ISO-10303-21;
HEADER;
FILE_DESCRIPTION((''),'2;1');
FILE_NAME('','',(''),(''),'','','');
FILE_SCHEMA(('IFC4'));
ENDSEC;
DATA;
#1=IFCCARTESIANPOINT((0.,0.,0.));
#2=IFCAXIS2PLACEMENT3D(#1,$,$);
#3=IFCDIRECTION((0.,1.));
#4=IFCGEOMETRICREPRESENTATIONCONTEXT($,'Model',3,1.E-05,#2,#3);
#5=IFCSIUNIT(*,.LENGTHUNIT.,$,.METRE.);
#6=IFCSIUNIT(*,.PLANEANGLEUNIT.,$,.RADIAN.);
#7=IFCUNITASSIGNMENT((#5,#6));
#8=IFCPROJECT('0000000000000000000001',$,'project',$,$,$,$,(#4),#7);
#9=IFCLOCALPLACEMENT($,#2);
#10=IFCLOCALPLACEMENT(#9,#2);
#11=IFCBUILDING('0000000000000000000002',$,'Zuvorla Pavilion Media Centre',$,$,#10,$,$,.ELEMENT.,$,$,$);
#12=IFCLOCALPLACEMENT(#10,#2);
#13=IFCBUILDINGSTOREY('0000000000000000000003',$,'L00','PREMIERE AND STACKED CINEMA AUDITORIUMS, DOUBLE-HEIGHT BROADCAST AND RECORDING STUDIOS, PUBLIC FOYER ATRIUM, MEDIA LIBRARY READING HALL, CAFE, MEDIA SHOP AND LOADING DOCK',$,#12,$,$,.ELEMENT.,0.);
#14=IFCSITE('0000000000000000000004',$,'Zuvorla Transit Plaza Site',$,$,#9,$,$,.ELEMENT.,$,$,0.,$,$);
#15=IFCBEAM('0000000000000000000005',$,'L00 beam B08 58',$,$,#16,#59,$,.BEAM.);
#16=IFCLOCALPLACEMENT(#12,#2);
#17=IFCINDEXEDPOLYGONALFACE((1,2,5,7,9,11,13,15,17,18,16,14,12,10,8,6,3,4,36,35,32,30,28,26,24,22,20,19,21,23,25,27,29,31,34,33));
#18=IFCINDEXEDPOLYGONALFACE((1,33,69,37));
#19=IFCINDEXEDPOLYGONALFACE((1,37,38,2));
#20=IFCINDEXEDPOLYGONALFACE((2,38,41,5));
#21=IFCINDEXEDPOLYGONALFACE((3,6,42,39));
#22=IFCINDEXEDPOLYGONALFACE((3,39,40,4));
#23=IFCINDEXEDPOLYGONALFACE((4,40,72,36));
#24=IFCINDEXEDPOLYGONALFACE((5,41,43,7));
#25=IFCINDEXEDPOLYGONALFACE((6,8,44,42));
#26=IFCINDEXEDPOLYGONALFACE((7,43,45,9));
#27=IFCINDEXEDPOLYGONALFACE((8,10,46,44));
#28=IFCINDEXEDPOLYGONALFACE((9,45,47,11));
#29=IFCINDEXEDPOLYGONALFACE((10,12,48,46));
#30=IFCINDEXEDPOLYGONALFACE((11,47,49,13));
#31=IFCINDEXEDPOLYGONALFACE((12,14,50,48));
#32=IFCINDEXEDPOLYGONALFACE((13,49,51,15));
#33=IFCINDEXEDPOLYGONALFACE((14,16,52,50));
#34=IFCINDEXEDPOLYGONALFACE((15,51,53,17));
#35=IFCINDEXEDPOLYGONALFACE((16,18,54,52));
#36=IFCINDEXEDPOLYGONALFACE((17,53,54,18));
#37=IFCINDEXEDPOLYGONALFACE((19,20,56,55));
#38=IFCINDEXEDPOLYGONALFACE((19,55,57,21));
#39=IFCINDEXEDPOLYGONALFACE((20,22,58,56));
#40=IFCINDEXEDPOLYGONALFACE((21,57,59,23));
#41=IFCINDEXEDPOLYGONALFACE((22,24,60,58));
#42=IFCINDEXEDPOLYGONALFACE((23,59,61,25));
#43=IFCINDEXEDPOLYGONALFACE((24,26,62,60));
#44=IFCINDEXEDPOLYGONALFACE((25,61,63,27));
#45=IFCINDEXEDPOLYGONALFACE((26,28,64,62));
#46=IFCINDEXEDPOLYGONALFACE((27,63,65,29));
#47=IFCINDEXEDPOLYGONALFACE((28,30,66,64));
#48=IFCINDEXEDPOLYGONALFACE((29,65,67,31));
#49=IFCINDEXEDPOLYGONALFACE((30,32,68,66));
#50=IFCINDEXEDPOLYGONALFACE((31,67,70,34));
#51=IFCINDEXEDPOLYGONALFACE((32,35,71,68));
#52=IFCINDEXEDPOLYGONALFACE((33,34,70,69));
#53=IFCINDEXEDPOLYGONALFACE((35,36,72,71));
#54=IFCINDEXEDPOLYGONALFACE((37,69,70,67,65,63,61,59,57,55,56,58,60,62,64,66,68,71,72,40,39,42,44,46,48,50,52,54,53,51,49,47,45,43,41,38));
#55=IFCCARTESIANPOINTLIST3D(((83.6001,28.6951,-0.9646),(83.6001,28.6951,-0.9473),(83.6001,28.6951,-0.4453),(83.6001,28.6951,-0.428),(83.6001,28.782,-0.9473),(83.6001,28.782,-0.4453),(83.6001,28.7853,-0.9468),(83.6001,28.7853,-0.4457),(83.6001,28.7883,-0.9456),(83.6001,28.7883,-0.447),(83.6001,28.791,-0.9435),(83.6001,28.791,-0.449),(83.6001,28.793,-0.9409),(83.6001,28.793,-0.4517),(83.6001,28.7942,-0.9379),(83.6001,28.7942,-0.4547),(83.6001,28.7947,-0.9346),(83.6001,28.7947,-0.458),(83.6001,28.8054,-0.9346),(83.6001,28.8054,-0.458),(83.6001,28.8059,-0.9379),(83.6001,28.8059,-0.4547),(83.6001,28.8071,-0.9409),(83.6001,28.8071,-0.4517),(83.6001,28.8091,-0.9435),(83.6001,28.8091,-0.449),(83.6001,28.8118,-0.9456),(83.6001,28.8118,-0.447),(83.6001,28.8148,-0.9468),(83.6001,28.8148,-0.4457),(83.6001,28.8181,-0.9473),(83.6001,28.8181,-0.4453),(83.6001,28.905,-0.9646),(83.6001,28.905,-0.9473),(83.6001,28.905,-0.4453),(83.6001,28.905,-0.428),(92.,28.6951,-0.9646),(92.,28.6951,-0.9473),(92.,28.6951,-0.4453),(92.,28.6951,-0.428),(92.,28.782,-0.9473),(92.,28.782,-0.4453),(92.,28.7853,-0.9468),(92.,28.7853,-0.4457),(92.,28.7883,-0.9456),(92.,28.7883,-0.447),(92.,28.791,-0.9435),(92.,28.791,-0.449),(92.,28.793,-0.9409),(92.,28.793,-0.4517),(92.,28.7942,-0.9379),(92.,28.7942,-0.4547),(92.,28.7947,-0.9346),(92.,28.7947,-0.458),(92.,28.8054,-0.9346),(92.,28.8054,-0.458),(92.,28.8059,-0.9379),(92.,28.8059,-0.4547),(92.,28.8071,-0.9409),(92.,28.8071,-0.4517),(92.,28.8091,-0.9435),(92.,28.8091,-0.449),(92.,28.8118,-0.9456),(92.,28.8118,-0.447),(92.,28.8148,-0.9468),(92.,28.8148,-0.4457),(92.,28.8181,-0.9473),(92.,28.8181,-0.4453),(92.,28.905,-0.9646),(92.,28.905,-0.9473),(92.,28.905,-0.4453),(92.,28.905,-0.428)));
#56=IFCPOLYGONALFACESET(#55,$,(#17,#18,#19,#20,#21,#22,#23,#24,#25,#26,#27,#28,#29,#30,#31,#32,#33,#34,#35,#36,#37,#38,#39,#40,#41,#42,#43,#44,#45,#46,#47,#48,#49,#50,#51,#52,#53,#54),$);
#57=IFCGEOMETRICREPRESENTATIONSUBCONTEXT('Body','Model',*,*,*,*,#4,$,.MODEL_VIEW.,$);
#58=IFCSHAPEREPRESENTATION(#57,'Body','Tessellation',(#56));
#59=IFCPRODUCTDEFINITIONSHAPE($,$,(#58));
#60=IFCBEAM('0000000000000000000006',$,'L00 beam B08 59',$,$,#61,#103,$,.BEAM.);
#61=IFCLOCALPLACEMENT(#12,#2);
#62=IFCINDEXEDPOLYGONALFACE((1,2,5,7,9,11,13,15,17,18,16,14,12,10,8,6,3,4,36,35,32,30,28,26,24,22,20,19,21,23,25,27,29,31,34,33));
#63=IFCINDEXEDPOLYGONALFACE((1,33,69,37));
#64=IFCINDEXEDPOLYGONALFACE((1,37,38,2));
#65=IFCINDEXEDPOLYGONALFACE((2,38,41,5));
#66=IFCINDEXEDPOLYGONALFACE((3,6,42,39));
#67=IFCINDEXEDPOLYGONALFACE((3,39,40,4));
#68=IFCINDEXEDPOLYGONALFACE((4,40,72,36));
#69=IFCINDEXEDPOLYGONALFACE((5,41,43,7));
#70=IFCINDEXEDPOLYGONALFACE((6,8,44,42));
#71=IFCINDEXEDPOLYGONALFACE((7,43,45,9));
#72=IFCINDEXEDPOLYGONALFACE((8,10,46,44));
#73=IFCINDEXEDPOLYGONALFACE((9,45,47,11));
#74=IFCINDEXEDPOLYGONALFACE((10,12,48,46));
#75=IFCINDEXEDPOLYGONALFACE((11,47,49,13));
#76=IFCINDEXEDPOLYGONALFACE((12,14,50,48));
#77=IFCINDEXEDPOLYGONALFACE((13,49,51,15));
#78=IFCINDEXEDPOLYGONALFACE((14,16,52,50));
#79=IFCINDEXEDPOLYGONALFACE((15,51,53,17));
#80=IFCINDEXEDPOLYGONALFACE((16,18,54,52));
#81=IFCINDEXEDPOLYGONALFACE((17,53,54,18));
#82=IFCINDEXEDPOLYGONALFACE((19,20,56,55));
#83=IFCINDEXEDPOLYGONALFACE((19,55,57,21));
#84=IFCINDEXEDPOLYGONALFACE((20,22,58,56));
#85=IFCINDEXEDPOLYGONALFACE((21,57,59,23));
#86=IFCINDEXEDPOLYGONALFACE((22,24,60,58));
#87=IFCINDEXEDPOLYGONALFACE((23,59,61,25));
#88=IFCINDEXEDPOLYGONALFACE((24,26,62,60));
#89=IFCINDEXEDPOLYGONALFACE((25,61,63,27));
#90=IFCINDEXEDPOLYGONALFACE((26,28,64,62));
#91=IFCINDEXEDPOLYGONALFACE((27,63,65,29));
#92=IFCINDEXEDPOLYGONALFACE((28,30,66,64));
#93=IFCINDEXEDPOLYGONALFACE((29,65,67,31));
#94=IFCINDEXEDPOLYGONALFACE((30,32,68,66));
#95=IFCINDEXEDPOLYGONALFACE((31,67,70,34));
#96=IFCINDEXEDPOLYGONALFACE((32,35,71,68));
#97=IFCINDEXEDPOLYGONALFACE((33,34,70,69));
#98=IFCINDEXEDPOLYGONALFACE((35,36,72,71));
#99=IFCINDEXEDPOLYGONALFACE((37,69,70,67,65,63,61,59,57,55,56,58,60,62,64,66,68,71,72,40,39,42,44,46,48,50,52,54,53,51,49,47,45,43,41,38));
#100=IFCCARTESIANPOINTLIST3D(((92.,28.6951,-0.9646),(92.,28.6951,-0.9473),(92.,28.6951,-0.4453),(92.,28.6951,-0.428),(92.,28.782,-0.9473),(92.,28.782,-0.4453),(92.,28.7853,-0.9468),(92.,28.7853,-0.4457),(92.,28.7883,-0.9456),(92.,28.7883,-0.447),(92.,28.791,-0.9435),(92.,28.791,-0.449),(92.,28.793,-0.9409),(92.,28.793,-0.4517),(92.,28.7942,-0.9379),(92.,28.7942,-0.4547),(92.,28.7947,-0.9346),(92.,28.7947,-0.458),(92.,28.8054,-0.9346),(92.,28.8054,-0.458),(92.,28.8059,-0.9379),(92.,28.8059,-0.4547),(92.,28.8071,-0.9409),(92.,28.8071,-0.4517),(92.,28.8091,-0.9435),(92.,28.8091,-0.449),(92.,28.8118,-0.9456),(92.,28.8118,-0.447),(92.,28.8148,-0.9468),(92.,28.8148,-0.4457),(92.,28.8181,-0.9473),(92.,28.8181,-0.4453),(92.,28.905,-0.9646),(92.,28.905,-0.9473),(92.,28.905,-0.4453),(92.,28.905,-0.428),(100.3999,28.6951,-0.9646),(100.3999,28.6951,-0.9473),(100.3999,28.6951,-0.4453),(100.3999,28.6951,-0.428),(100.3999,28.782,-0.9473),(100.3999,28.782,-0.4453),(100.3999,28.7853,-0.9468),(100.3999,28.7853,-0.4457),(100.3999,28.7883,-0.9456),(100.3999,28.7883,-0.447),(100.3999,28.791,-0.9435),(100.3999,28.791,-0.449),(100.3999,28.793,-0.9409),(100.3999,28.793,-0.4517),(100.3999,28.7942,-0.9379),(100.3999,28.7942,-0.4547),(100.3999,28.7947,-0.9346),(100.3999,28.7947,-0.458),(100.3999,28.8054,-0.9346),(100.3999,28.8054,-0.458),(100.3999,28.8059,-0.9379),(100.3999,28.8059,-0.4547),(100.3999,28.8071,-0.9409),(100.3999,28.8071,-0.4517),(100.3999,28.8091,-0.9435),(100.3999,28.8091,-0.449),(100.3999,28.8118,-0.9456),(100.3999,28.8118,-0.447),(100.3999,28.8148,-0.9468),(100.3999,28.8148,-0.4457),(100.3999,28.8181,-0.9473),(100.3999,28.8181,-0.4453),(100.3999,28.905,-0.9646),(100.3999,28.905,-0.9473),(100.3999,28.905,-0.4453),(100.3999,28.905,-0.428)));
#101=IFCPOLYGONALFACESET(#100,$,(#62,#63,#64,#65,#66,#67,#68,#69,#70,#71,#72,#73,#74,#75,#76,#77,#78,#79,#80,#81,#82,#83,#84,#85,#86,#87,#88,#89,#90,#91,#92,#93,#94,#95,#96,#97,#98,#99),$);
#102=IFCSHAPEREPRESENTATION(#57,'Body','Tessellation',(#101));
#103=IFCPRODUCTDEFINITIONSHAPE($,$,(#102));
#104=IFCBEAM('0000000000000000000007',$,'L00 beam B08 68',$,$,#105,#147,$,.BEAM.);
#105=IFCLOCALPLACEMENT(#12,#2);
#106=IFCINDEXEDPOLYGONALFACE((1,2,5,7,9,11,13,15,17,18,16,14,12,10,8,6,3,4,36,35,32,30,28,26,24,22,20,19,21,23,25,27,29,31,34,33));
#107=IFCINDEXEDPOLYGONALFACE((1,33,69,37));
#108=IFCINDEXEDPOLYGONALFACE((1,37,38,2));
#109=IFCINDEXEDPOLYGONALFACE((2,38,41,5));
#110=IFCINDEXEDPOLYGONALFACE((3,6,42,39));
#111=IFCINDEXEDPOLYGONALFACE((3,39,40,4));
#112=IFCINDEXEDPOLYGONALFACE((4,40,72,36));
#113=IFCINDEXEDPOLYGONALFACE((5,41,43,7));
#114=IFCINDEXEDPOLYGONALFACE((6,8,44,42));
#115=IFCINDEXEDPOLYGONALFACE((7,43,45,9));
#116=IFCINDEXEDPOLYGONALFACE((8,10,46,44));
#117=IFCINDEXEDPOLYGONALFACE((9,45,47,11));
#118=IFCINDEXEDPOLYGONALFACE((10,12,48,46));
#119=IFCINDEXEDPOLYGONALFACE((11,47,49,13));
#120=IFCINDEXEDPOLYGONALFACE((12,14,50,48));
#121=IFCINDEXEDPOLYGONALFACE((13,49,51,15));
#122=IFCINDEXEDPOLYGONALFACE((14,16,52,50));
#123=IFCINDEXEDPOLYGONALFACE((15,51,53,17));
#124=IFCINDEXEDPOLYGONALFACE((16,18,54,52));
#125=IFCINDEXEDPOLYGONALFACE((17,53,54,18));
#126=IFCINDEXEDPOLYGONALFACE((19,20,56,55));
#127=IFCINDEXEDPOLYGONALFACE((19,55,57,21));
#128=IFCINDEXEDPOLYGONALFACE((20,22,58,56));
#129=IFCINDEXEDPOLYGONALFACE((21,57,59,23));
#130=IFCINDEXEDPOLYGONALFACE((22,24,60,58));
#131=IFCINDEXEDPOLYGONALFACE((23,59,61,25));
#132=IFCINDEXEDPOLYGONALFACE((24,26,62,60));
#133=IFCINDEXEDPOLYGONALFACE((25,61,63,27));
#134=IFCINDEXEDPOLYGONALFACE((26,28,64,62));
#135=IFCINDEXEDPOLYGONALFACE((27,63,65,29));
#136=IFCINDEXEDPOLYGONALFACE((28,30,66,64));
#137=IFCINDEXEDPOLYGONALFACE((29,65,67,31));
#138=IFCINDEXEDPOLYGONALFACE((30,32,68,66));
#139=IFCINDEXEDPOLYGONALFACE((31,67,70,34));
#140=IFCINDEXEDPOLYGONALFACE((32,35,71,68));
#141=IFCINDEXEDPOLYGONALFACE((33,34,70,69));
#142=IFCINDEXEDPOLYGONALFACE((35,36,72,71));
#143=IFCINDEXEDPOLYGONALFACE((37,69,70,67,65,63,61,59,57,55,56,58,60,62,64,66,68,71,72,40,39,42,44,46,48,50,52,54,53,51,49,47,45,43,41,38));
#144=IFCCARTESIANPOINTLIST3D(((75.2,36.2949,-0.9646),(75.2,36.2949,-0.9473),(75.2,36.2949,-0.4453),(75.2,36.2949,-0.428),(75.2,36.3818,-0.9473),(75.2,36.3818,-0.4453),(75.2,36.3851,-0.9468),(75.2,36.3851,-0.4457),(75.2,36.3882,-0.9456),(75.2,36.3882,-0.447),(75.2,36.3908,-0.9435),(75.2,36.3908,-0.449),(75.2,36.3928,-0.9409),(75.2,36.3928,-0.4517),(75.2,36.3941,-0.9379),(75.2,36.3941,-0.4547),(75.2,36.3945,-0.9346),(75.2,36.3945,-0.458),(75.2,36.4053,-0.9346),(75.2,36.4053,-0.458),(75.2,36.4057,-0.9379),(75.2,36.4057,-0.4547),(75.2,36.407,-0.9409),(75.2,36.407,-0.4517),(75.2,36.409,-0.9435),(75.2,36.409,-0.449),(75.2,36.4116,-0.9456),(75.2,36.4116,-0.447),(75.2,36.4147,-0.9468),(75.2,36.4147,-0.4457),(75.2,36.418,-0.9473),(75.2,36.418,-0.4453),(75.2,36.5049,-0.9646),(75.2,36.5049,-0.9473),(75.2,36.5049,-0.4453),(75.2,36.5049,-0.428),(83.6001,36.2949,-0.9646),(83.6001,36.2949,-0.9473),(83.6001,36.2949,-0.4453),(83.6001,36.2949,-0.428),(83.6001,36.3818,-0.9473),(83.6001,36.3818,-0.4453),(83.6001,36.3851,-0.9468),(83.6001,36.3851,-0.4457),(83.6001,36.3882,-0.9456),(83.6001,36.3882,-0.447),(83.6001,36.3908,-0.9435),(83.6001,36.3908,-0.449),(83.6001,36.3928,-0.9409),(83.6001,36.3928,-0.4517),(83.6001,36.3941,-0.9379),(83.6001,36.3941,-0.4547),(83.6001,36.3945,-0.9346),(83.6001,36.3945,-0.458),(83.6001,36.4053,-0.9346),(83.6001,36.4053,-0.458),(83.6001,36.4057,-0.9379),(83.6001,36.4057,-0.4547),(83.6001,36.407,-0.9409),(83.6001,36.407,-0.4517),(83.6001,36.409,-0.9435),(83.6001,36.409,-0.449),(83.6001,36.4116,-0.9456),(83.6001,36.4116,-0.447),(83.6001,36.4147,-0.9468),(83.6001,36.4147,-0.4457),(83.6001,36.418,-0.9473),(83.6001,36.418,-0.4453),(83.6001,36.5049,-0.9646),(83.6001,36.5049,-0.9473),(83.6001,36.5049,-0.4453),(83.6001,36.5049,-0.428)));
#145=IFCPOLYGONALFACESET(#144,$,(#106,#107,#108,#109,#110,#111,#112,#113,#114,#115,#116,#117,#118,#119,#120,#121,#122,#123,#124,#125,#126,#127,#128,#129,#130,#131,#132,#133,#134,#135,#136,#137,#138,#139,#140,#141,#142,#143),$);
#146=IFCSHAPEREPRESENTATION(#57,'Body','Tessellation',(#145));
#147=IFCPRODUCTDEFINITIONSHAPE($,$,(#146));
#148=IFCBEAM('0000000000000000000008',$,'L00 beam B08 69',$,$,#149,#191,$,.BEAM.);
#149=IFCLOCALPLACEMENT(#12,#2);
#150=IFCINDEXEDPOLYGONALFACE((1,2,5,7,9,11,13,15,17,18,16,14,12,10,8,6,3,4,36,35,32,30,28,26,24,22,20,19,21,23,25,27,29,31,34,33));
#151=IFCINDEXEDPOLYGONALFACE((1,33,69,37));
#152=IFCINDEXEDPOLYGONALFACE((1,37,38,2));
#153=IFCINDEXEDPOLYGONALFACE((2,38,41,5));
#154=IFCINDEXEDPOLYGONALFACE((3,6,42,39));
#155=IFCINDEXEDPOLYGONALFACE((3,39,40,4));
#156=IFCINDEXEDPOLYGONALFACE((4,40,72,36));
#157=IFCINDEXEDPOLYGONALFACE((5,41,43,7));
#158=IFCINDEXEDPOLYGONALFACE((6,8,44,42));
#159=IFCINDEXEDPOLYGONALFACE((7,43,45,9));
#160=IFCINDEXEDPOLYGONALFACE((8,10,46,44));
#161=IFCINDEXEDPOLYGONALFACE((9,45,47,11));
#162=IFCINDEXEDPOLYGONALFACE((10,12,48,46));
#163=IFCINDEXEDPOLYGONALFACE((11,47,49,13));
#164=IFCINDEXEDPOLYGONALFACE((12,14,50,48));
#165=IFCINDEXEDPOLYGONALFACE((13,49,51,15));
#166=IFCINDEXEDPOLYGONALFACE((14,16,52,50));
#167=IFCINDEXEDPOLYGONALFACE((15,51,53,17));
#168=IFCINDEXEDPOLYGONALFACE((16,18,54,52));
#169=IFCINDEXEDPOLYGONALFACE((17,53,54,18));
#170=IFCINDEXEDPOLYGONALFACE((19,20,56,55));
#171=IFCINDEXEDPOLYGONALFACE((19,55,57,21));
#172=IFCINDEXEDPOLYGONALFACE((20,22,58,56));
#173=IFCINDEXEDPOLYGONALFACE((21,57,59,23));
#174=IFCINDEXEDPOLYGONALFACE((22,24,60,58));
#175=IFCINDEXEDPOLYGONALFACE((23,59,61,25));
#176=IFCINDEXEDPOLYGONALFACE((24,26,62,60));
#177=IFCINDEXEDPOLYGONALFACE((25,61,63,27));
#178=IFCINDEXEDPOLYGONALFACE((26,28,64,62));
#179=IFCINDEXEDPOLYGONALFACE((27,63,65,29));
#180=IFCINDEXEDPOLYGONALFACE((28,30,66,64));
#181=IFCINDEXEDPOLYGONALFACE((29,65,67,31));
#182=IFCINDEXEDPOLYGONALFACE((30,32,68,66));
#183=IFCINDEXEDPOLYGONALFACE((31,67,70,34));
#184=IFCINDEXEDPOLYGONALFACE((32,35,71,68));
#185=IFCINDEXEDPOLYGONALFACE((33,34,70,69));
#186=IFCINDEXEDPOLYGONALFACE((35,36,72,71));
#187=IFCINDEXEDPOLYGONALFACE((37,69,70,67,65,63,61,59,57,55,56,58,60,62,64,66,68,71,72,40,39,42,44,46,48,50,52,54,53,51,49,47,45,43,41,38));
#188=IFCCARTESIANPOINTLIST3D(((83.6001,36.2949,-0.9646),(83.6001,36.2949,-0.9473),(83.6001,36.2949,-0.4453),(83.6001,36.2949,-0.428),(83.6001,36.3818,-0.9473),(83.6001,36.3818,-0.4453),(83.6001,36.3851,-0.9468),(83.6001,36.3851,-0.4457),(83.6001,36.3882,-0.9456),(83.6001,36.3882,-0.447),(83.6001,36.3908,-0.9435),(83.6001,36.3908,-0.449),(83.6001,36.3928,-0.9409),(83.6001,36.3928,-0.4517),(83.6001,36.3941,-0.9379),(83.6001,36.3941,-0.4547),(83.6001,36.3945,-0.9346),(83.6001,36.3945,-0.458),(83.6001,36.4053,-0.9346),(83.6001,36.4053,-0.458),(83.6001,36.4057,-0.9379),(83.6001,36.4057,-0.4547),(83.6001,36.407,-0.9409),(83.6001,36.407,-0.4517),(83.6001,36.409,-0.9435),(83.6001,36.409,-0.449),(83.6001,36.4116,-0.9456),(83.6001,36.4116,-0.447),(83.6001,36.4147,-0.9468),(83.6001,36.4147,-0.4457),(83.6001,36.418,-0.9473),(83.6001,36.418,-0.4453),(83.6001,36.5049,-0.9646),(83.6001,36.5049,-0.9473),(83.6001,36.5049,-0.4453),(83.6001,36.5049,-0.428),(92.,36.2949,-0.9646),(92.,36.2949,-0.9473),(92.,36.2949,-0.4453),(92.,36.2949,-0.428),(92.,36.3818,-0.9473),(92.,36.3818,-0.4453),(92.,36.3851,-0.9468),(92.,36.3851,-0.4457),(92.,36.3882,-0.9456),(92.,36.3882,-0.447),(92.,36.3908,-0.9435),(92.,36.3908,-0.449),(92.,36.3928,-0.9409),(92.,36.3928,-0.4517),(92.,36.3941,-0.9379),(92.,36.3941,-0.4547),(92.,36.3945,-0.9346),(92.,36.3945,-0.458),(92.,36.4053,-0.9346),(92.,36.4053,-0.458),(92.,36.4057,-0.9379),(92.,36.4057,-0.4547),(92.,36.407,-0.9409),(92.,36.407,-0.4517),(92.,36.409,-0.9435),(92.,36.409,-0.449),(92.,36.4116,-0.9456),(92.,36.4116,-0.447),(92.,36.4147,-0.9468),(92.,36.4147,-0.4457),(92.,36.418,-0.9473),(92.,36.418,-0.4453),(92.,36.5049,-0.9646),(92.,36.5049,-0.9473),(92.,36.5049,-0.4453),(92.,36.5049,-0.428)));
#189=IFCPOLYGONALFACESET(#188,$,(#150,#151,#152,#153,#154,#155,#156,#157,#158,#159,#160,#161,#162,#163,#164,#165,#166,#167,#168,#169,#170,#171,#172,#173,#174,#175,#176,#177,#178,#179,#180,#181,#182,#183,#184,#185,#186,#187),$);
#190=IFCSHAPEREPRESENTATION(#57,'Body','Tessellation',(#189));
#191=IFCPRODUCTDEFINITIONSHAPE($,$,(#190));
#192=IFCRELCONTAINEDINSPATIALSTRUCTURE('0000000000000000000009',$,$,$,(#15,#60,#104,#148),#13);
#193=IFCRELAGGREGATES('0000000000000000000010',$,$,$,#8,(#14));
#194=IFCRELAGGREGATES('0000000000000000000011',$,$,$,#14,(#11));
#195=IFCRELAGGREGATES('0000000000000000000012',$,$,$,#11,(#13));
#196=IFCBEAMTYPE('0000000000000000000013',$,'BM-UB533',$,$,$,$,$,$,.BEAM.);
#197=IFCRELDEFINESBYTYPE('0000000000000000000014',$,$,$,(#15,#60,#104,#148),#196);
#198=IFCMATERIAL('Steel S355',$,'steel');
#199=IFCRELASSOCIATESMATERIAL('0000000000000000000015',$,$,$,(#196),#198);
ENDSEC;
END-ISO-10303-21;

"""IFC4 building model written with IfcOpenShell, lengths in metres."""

from ifc_helpers import new_model, si_unit, direction, frame, origin, origin_2d, place, context, subcontext, project, spatial, i_section, extrude, material, material_profile, profile_set, type_object, element, save


model = new_model("IFC4")

# Units and contexts
model_context = context("Model", 3, precision=1e-05, world=origin(), true_north=direction((0.0, 1.0)))
body_context = subcontext(model_context, "Body", "Model", "MODEL_VIEW")
ifc_project = project(units=[si_unit("LENGTHUNIT", "METRE"), si_unit("PLANEANGLEUNIT", "RADIAN")], contexts=[model_context])

# Site, building, storey
site_placement = place(None, origin())
site = spatial("IfcSite", under=ifc_project, at=site_placement, Name="Zuvorla Transit Plaza Site", CompositionType="ELEMENT", RefElevation=0.0)
building_placement = place(site_placement, origin())
building = spatial("IfcBuilding", under=site, at=building_placement, Name="Zuvorla Pavilion Media Centre", CompositionType="ELEMENT")
storey_placement = place(building_placement, origin())
storey = spatial("IfcBuildingStorey", under=building, at=storey_placement, Name="L00", Description="PREMIERE AND STACKED CINEMA AUDITORIUMS, DOUBLE-HEIGHT BROADCAST AND RECORDING STUDIOS, PUBLIC FOYER ATRIUM, MEDIA LIBRARY READING HALL, CAFE, MEDIA SHOP AND LOADING DOCK", CompositionType="ELEMENT", Elevation=0.0)

# Beams
ifc_material_1 = material(Name="Steel S355", Category="steel")
ifc_material_profile_1 = material_profile(ifc_material_1, i_section(OverallWidth=0.21, OverallDepth=0.5366, WebThickness=0.0107, FlangeThickness=0.0173, FilletRadius=0.0127, at=origin_2d()), Name="UB 533x210x101")
ifc_profile_set_1 = profile_set([ifc_material_profile_1], Name="Steel S355")
beam_type_1 = type_object("IfcBeamType", Name="BM-UB533", PredefinedType="BEAM", material=ifc_profile_set_1)
for number, where, z_axis, x_axis, name in (
    (1, (83.6001, 28.8, -0.6963), (1.0, 0.0, 0.0), (0.0, 1.0, 0.0), "L00 beam B08 58"),
    (2, (92.0, 28.8, -0.6963), (1.0, 0.0, 0.0), (0.0, 1.0, 0.0), "L00 beam B08 59"),
):
    element("IfcBeam", number, at=place(storey_placement, frame(where, z_axis=z_axis, x_axis=x_axis)), inside=storey, type_object=beam_type_1, Name=name, PredefinedType="BEAM", context=body_context, shape_type="SweptSolid", body=[
        extrude(i_section(OverallWidth=0.21, OverallDepth=0.5366, WebThickness=0.0107, FlangeThickness=0.0173, FilletRadius=0.0127, at=origin_2d()), origin(), (0.0, 0.0, 1.0), 8.3999),
    ])
beam_1_placement = place(storey_placement, frame((75.2, 36.3999, -0.6963), z_axis=(1.0, 0.0, 0.0), x_axis=(0.0, 1.0, 0.0)))
element("IfcBeam", 3, at=beam_1_placement, inside=storey, type_object=beam_type_1, Name="L00 beam B08 68", PredefinedType="BEAM", context=body_context, shape_type="SweptSolid", body=[
    extrude(i_section(OverallWidth=0.21, OverallDepth=0.5366, WebThickness=0.0107, FlangeThickness=0.0173, FilletRadius=0.0127, at=origin_2d()), origin(), (0.0, 0.0, 1.0), 8.4001),
])
for number, where, z_axis, x_axis, name in (
    (4, (83.6001, 36.3999, -0.6963), (1.0, 0.0, 0.0), (0.0, 1.0, 0.0), "L00 beam B08 69"),
):
    element("IfcBeam", number, at=place(storey_placement, frame(where, z_axis=z_axis, x_axis=x_axis)), inside=storey, type_object=beam_type_1, Name=name, PredefinedType="BEAM", context=body_context, shape_type="SweptSolid", body=[
        extrude(i_section(OverallWidth=0.21, OverallDepth=0.5366, WebThickness=0.0107, FlangeThickness=0.0173, FilletRadius=0.0127, at=origin_2d()), origin(), (0.0, 0.0, 1.0), 8.3999),
    ])

save(model, "model.ifc")
